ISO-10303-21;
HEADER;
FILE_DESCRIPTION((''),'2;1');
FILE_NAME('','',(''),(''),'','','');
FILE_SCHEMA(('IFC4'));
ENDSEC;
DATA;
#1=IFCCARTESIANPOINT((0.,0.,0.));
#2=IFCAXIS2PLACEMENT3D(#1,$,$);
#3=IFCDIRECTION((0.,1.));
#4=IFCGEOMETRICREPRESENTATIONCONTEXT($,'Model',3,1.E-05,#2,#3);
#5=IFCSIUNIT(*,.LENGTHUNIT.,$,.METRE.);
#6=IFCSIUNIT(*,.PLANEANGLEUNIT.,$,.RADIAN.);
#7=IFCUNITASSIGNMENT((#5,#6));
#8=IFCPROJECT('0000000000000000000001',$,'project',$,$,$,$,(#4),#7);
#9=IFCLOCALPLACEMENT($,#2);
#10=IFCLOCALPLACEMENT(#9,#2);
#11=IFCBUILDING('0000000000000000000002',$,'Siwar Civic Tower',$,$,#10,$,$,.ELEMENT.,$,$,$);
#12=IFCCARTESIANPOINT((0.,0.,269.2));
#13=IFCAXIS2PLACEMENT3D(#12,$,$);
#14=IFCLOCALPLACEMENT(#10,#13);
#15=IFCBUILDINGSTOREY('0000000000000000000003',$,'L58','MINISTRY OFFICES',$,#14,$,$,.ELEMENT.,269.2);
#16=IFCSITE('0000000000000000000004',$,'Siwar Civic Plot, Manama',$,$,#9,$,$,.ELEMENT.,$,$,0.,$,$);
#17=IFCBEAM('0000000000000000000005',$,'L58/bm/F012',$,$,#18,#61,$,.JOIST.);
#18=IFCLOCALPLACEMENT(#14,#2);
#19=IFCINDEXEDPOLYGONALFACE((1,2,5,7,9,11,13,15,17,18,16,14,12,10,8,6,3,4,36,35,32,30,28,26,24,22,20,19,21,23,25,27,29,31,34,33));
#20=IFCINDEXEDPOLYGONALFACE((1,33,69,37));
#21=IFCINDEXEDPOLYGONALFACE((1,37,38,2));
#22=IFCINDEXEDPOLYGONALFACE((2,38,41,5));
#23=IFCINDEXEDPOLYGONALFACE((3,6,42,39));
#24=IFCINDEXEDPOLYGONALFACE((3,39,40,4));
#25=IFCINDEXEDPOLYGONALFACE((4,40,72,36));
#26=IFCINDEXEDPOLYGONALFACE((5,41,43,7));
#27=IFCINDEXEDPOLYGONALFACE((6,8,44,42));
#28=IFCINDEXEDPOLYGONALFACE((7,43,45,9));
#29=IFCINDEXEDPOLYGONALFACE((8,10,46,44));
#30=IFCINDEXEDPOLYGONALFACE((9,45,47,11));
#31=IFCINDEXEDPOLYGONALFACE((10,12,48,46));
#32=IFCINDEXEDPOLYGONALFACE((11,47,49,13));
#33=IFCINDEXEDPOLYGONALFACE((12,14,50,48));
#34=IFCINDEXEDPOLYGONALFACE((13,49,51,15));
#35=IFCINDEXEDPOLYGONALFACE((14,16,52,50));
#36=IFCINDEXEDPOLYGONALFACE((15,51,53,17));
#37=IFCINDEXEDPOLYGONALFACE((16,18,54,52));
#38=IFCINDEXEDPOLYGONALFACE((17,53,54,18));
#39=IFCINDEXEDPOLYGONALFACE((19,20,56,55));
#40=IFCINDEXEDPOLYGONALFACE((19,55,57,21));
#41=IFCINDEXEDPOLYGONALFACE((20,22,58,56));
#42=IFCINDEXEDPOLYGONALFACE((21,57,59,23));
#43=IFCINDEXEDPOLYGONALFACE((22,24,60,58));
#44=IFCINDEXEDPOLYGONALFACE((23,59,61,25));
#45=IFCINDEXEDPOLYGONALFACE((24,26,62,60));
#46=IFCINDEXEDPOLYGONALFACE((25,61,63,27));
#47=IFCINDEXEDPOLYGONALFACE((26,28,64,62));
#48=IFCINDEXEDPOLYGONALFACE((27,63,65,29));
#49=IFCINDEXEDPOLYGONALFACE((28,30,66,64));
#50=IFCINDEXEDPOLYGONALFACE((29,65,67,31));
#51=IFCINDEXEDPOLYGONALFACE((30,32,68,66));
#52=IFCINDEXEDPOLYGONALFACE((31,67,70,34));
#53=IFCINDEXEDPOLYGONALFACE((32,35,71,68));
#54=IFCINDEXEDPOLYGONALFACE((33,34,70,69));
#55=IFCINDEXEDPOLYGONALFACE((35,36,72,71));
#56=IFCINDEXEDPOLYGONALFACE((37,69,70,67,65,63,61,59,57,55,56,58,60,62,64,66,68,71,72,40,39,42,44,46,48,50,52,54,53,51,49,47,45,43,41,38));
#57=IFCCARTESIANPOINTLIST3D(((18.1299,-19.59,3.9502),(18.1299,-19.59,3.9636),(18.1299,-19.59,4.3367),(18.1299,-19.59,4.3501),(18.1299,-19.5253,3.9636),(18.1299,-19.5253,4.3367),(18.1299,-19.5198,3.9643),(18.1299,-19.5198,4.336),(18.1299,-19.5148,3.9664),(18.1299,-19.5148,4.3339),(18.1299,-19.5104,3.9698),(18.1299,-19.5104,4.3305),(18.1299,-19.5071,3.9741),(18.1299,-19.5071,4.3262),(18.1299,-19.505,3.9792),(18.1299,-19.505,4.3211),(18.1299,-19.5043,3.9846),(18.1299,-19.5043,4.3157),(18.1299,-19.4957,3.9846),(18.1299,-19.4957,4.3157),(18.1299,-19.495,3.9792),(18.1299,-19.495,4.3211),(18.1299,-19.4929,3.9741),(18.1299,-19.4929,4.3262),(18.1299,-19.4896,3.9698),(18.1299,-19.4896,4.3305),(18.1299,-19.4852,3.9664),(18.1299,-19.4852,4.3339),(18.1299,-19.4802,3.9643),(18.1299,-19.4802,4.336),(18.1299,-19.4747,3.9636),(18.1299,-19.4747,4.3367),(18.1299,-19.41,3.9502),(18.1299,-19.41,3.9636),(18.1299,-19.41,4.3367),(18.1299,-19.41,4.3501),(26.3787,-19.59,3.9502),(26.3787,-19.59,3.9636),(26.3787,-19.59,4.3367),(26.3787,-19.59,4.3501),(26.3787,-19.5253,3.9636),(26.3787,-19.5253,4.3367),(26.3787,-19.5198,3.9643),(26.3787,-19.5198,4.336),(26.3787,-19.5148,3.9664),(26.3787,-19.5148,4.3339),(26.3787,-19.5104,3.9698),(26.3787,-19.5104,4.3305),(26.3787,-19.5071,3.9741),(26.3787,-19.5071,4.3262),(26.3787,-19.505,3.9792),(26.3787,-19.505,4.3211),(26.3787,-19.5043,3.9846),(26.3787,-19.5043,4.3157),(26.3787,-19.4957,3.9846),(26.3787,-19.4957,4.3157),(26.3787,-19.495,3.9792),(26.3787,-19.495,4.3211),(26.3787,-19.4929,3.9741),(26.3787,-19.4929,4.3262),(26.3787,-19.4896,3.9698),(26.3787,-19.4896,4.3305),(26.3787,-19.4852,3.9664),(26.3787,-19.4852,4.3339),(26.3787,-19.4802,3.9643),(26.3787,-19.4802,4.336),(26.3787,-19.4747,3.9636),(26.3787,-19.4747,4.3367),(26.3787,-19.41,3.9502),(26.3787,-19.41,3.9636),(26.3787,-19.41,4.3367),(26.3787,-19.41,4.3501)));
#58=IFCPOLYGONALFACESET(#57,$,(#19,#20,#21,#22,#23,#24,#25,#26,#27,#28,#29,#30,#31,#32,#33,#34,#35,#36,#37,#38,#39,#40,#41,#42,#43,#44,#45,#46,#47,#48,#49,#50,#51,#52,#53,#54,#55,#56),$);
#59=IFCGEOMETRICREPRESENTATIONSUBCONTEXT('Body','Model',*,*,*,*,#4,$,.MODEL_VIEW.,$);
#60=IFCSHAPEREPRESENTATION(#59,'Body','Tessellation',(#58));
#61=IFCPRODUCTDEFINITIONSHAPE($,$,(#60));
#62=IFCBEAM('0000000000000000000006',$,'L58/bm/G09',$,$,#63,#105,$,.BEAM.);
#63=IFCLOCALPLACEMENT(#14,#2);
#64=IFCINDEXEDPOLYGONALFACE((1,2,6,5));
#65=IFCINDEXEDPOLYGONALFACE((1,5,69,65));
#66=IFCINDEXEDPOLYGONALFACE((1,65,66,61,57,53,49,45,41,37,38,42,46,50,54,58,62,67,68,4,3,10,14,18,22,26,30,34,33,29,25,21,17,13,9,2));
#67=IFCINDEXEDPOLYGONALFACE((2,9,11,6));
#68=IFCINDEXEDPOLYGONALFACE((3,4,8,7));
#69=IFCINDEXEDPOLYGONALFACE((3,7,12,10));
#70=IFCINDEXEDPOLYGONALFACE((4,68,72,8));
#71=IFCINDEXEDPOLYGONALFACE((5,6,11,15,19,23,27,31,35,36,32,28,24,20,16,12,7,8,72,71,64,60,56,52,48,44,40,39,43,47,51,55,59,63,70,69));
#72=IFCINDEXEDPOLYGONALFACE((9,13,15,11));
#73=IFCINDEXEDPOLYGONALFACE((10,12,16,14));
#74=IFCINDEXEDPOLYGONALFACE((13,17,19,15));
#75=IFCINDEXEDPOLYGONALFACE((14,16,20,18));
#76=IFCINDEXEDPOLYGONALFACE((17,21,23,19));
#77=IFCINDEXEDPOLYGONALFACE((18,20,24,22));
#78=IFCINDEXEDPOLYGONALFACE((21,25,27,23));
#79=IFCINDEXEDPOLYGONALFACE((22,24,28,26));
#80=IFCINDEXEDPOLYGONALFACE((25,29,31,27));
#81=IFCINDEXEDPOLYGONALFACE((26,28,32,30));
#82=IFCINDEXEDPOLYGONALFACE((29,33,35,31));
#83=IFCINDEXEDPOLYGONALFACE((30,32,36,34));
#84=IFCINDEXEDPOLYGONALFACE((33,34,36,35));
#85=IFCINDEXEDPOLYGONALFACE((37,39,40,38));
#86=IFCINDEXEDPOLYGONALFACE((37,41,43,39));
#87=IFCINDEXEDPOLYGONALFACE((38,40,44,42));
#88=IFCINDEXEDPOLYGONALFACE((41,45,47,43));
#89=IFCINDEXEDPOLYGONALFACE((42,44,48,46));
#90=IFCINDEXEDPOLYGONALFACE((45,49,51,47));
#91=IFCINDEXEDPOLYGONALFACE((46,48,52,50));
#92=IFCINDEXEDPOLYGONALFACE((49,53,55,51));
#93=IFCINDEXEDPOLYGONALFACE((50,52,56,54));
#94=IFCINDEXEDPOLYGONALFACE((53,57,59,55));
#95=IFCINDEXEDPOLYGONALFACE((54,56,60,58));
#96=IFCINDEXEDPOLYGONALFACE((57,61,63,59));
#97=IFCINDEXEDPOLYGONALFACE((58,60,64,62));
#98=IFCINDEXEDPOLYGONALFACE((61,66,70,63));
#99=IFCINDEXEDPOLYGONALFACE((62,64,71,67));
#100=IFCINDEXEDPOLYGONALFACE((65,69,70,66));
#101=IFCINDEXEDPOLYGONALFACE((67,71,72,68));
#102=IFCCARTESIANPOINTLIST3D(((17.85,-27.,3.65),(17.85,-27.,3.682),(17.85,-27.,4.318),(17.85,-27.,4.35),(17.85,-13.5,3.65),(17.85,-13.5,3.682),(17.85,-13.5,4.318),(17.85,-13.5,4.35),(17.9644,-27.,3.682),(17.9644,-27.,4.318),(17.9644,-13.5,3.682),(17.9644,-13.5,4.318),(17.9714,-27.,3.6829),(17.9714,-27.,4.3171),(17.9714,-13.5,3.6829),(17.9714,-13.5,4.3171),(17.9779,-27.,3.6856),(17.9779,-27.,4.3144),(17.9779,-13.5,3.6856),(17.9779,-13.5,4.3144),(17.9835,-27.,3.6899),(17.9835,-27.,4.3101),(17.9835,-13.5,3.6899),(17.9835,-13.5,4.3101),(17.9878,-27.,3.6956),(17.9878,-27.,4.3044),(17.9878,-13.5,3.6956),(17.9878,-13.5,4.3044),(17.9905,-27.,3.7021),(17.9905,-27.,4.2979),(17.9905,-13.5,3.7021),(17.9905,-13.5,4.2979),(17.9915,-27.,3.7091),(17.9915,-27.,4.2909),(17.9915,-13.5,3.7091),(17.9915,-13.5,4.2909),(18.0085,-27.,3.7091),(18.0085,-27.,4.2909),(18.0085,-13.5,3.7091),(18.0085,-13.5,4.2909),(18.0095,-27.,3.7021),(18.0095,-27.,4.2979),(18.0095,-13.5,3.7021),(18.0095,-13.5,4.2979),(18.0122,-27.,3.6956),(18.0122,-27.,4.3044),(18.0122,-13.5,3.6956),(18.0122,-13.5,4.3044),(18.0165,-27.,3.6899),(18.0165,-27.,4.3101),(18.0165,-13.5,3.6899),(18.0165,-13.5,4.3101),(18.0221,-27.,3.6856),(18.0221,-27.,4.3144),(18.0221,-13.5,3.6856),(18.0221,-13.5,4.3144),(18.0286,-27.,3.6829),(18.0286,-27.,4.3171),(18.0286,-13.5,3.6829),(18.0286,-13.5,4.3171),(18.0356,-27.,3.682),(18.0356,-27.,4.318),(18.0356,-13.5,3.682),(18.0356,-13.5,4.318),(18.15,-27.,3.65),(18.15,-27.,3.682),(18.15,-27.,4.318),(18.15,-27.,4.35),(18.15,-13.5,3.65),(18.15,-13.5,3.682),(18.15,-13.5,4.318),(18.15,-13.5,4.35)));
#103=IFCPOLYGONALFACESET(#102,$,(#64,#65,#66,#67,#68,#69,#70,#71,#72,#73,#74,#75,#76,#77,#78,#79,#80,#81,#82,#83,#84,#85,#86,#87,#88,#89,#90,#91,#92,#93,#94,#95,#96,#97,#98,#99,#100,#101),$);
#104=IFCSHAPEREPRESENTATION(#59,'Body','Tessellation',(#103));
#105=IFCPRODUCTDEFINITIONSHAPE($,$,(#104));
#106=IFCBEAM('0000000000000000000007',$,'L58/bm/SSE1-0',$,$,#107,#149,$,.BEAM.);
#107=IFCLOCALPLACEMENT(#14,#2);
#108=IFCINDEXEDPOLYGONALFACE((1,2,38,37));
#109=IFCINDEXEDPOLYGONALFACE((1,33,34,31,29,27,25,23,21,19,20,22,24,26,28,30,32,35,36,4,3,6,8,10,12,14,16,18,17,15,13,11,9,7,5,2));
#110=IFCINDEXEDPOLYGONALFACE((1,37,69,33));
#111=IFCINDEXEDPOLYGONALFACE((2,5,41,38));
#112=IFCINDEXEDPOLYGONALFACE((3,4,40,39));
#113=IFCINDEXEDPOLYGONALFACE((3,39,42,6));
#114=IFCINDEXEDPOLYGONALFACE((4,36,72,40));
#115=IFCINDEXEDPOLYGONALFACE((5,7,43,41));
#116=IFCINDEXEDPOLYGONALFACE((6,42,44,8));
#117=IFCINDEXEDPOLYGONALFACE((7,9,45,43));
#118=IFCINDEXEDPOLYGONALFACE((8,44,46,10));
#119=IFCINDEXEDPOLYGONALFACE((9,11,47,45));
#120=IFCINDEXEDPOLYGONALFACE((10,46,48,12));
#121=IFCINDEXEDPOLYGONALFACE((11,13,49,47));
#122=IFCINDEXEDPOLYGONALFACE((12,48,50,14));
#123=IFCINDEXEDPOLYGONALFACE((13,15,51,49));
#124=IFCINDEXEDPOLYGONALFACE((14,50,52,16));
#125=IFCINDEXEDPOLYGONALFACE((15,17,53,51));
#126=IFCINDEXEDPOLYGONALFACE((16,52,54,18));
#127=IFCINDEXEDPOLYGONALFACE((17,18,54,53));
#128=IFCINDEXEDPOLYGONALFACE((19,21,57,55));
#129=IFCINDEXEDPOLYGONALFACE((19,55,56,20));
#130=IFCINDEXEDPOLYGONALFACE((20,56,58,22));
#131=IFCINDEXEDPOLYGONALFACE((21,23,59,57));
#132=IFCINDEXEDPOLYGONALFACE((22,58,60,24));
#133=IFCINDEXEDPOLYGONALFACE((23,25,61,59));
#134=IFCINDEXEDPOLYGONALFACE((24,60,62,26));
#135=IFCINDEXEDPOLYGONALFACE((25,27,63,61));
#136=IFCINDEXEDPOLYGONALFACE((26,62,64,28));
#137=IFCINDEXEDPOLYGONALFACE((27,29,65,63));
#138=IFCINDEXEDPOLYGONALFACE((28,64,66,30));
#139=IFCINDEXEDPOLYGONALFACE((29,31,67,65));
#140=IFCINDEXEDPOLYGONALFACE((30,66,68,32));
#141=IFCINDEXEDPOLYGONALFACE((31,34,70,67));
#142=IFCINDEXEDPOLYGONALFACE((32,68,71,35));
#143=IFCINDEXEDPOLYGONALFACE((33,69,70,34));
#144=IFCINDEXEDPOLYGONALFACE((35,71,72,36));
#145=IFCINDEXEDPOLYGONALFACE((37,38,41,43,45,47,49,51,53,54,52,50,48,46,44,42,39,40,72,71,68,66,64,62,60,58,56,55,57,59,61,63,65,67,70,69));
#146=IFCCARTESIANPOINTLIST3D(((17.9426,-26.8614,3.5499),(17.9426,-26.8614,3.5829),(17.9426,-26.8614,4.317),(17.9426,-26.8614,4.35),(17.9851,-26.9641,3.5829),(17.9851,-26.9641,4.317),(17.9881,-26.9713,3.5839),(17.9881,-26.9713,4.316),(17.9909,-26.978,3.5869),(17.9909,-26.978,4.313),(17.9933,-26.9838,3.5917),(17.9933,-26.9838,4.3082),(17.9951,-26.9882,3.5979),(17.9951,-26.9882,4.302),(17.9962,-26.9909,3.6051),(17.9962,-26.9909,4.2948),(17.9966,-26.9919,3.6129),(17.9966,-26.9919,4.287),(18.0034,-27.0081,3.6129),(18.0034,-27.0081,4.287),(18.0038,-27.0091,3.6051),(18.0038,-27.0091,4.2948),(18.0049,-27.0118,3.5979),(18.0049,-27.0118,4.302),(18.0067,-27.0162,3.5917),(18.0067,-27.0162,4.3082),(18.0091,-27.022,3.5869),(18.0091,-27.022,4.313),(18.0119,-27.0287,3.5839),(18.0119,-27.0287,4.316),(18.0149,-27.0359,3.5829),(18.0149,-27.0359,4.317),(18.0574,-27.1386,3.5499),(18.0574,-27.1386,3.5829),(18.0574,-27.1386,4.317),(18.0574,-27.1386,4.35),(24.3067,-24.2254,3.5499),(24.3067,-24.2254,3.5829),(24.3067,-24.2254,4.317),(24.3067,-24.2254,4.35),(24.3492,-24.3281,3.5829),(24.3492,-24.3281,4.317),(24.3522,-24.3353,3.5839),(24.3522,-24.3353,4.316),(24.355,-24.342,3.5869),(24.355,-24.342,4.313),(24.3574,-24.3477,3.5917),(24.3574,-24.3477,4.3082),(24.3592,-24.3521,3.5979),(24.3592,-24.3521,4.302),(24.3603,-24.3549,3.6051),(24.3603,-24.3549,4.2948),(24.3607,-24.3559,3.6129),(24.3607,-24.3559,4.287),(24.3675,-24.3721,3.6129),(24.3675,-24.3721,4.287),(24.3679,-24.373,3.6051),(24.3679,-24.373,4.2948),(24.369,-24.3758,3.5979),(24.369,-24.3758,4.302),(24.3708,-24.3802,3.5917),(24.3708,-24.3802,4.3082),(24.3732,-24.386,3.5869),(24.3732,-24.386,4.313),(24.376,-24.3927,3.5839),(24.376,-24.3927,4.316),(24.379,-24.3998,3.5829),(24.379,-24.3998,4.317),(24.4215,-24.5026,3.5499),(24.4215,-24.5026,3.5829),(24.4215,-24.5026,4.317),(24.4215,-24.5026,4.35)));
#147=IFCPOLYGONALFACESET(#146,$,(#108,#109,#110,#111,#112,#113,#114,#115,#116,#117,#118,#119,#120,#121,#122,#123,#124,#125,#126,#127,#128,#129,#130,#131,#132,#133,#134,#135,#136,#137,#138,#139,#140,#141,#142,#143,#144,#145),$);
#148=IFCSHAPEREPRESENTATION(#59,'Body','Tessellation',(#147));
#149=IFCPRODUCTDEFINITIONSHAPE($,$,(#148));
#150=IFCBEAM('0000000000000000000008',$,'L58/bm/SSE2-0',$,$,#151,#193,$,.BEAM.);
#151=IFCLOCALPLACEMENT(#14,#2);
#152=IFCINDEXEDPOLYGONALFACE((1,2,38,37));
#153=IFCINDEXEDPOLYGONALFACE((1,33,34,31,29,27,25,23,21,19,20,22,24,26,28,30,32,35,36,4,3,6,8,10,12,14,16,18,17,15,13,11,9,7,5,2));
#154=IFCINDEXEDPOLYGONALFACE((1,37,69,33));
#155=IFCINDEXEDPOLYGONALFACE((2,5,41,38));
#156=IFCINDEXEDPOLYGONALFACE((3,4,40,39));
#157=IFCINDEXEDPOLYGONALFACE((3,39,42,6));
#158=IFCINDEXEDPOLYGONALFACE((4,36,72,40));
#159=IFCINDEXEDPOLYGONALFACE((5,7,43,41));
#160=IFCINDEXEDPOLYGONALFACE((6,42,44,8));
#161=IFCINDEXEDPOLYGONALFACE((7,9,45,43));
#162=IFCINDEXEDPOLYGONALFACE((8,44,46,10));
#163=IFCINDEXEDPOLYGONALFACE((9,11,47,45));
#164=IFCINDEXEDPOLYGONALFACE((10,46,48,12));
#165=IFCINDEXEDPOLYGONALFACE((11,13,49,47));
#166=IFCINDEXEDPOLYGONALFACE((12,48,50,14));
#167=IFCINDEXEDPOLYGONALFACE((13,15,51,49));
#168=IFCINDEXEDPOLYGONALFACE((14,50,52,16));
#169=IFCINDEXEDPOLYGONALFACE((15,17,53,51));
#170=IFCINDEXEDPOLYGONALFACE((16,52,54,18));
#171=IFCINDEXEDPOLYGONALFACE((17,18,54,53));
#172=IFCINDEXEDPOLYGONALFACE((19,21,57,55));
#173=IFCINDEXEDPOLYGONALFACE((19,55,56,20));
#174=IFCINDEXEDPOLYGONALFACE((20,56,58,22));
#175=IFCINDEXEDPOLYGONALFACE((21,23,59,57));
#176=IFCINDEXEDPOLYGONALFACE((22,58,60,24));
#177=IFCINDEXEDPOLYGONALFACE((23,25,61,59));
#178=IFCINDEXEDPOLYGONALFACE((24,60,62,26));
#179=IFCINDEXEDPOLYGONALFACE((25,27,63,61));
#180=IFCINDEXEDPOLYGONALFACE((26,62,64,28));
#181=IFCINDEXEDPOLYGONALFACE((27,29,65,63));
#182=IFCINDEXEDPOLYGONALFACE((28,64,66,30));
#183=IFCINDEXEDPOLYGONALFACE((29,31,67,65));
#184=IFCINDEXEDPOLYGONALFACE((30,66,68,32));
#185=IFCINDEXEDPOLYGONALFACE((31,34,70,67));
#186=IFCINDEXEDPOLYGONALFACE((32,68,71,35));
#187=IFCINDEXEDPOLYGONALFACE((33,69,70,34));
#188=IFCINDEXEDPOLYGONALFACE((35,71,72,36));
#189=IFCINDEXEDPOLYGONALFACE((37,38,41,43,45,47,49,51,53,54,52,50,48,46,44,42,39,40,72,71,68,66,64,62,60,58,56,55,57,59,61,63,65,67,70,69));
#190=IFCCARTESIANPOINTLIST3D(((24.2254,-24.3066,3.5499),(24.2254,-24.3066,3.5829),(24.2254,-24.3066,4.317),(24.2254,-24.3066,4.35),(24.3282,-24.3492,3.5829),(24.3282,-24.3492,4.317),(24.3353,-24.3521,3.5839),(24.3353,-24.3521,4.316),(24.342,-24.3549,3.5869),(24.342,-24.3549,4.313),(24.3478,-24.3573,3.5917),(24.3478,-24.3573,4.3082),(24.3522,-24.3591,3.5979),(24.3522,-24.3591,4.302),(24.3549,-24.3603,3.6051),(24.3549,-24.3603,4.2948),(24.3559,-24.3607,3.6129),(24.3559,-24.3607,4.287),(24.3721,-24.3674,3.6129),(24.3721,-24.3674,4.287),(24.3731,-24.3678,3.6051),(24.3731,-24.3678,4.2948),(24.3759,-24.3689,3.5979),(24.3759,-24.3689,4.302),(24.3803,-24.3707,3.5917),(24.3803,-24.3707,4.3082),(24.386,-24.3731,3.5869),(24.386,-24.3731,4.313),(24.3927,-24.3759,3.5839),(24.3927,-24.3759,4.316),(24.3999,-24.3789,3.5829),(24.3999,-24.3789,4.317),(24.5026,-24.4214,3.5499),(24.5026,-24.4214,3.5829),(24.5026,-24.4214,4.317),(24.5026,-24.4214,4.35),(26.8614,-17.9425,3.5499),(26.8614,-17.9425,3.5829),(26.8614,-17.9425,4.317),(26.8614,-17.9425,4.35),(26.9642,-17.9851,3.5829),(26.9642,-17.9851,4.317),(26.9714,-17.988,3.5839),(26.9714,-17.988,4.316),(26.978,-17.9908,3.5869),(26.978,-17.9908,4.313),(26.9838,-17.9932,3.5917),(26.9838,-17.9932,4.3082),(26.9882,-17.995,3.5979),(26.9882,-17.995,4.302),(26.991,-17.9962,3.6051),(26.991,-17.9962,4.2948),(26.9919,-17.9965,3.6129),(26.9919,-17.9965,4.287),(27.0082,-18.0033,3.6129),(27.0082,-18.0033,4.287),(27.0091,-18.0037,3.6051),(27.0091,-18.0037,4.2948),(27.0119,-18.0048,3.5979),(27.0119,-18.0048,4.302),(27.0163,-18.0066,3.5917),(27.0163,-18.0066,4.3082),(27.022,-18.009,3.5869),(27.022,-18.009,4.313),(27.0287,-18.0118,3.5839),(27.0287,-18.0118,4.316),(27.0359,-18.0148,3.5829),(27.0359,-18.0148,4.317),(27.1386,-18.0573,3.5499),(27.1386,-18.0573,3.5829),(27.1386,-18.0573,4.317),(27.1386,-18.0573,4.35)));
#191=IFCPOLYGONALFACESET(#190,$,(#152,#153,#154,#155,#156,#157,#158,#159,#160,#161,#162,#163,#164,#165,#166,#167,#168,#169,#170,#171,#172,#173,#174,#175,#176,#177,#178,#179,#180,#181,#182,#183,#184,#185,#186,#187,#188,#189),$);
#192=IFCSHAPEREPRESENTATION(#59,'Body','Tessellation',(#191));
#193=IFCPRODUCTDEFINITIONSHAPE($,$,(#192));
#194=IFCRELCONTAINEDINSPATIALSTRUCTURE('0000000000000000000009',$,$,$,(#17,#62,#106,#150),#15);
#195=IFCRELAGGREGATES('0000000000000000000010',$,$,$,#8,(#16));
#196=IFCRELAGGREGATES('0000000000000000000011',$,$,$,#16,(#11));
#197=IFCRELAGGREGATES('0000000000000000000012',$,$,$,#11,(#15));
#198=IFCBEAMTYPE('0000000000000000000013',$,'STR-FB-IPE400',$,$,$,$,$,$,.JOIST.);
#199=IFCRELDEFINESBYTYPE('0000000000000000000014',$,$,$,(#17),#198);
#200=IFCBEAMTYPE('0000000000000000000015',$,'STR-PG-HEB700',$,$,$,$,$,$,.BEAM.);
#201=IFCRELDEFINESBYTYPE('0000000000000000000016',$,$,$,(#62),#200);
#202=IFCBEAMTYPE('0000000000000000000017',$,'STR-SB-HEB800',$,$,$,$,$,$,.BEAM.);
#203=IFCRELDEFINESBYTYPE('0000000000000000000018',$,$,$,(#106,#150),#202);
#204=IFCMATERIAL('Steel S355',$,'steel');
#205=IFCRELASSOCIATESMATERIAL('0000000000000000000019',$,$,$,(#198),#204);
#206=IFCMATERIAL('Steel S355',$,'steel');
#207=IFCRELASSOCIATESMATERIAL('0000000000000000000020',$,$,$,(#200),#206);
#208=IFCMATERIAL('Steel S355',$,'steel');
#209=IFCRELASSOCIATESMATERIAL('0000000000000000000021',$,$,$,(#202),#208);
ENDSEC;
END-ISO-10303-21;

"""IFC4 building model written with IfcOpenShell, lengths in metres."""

from ifc_helpers import new_model, si_unit, direction, frame, origin, origin_2d, place, context, subcontext, project, spatial, i_section, extrude, material, material_profile, profile_set, type_object, element, save


model = new_model("IFC4")

# Units and contexts
model_context = context("Model", 3, precision=1e-05, world=origin(), true_north=direction((0.0, 1.0)))
body_context = subcontext(model_context, "Body", "Model", "MODEL_VIEW")
ifc_project = project(units=[si_unit("LENGTHUNIT", "METRE"), si_unit("PLANEANGLEUNIT", "RADIAN")], contexts=[model_context])

# Site, building, storey
site_placement = place(None, origin())
site = spatial("IfcSite", under=ifc_project, at=site_placement, Name="Siwar Civic Plot, Manama", CompositionType="ELEMENT", RefElevation=0.0)
building_placement = place(site_placement, origin())
building = spatial("IfcBuilding", under=site, at=building_placement, Name="Siwar Civic Tower", CompositionType="ELEMENT")
storey_placement = place(building_placement, frame((0.0, 0.0, 269.2)))
storey = spatial("IfcBuildingStorey", under=building, at=storey_placement, Name="L58", Description="MINISTRY OFFICES", CompositionType="ELEMENT", Elevation=269.2)

# Beams
ifc_material_1 = material(Name="Steel S355", Category="steel")
ifc_material_profile_1 = material_profile(ifc_material_1, i_section(OverallWidth=0.1799, OverallDepth=0.3999, WebThickness=0.0085, FlangeThickness=0.0134, FilletRadius=0.021, at=origin_2d()), Name="IPE400")
ifc_profile_set_1 = profile_set([ifc_material_profile_1], Name="Steel S355")
beam_type_1 = type_object("IfcBeamType", Name="STR-FB-IPE400", PredefinedType="JOIST", material=ifc_profile_set_1)
beam_1_placement = place(storey_placement, frame((18.1299, -19.5, 4.1501), z_axis=(1.0, 0.0, 0.0), x_axis=(0.0, 1.0, 0.0)))
element("IfcBeam", 1, at=beam_1_placement, inside=storey, type_object=beam_type_1, Name="L58/bm/F012", PredefinedType="JOIST", context=body_context, shape_type="SweptSolid", body=[
    extrude(i_section(OverallWidth=0.1799, OverallDepth=0.3999, WebThickness=0.0085, FlangeThickness=0.0134, FilletRadius=0.021, at=origin_2d()), origin(), (0.0, 0.0, 1.0), 8.2488),
])
ifc_material_2 = material(Name="Steel S355", Category="steel")
ifc_material_profile_2 = material_profile(ifc_material_2, i_section(OverallWidth=0.3, OverallDepth=0.7, WebThickness=0.0171, FlangeThickness=0.032, FilletRadius=0.0271, at=origin_2d()), Name="HEB700")
ifc_profile_set_2 = profile_set([ifc_material_profile_2], Name="Steel S355")
beam_type_2 = type_object("IfcBeamType", Name="STR-PG-HEB700", PredefinedType="BEAM", material=ifc_profile_set_2)
beam_2_placement = place(storey_placement, frame((18.0, -27.0, 4.0), z_axis=(0.0, 1.0, 0.0), x_axis=(-1.0, 0.0, 0.0)))
element("IfcBeam", 2, at=beam_2_placement, inside=storey, type_object=beam_type_2, Name="L58/bm/G09", PredefinedType="BEAM", context=body_context, shape_type="SweptSolid", body=[
    extrude(i_section(OverallWidth=0.3, OverallDepth=0.7, WebThickness=0.0171, FlangeThickness=0.032, FilletRadius=0.0271, at=origin_2d()), origin(), (0.0, 0.0, 1.0), 13.5),
])
ifc_material_3 = material(Name="Steel S355", Category="steel")
ifc_material_profile_3 = material_profile(ifc_material_3, i_section(OverallWidth=0.3, OverallDepth=0.8, WebThickness=0.0176, FlangeThickness=0.033, FilletRadius=0.03, at=origin_2d()), Name="HEB800")
ifc_profile_set_3 = profile_set([ifc_material_profile_3], Name="Steel S355")
beam_type_3 = type_object("IfcBeamType", Name="STR-SB-HEB800", PredefinedType="BEAM", material=ifc_profile_set_3)
for number, where, z_axis, x_axis, name in (
    (3, (18.0, -27.0, 3.95), (0.923883, 0.382674, 0.0), (-0.382674, 0.923883, 0.0), "L58/bm/SSE1-0"),
    (4, (24.364, -24.364, 3.95), (0.382674, 0.923883, 0.0), (-0.923883, 0.382674, 0.0), "L58/bm/SSE2-0"),
):
    element("IfcBeam", number, at=place(storey_placement, frame(where, z_axis=z_axis, x_axis=x_axis)), inside=storey, type_object=beam_type_3, Name=name, PredefinedType="BEAM", context=body_context, shape_type="SweptSolid", body=[
        extrude(i_section(OverallWidth=0.3, OverallDepth=0.8, WebThickness=0.0176, FlangeThickness=0.033, FilletRadius=0.03, at=origin_2d()), origin(), (0.0, 0.0, 1.0), 6.8884),
    ])

save(model, "model.ifc")
